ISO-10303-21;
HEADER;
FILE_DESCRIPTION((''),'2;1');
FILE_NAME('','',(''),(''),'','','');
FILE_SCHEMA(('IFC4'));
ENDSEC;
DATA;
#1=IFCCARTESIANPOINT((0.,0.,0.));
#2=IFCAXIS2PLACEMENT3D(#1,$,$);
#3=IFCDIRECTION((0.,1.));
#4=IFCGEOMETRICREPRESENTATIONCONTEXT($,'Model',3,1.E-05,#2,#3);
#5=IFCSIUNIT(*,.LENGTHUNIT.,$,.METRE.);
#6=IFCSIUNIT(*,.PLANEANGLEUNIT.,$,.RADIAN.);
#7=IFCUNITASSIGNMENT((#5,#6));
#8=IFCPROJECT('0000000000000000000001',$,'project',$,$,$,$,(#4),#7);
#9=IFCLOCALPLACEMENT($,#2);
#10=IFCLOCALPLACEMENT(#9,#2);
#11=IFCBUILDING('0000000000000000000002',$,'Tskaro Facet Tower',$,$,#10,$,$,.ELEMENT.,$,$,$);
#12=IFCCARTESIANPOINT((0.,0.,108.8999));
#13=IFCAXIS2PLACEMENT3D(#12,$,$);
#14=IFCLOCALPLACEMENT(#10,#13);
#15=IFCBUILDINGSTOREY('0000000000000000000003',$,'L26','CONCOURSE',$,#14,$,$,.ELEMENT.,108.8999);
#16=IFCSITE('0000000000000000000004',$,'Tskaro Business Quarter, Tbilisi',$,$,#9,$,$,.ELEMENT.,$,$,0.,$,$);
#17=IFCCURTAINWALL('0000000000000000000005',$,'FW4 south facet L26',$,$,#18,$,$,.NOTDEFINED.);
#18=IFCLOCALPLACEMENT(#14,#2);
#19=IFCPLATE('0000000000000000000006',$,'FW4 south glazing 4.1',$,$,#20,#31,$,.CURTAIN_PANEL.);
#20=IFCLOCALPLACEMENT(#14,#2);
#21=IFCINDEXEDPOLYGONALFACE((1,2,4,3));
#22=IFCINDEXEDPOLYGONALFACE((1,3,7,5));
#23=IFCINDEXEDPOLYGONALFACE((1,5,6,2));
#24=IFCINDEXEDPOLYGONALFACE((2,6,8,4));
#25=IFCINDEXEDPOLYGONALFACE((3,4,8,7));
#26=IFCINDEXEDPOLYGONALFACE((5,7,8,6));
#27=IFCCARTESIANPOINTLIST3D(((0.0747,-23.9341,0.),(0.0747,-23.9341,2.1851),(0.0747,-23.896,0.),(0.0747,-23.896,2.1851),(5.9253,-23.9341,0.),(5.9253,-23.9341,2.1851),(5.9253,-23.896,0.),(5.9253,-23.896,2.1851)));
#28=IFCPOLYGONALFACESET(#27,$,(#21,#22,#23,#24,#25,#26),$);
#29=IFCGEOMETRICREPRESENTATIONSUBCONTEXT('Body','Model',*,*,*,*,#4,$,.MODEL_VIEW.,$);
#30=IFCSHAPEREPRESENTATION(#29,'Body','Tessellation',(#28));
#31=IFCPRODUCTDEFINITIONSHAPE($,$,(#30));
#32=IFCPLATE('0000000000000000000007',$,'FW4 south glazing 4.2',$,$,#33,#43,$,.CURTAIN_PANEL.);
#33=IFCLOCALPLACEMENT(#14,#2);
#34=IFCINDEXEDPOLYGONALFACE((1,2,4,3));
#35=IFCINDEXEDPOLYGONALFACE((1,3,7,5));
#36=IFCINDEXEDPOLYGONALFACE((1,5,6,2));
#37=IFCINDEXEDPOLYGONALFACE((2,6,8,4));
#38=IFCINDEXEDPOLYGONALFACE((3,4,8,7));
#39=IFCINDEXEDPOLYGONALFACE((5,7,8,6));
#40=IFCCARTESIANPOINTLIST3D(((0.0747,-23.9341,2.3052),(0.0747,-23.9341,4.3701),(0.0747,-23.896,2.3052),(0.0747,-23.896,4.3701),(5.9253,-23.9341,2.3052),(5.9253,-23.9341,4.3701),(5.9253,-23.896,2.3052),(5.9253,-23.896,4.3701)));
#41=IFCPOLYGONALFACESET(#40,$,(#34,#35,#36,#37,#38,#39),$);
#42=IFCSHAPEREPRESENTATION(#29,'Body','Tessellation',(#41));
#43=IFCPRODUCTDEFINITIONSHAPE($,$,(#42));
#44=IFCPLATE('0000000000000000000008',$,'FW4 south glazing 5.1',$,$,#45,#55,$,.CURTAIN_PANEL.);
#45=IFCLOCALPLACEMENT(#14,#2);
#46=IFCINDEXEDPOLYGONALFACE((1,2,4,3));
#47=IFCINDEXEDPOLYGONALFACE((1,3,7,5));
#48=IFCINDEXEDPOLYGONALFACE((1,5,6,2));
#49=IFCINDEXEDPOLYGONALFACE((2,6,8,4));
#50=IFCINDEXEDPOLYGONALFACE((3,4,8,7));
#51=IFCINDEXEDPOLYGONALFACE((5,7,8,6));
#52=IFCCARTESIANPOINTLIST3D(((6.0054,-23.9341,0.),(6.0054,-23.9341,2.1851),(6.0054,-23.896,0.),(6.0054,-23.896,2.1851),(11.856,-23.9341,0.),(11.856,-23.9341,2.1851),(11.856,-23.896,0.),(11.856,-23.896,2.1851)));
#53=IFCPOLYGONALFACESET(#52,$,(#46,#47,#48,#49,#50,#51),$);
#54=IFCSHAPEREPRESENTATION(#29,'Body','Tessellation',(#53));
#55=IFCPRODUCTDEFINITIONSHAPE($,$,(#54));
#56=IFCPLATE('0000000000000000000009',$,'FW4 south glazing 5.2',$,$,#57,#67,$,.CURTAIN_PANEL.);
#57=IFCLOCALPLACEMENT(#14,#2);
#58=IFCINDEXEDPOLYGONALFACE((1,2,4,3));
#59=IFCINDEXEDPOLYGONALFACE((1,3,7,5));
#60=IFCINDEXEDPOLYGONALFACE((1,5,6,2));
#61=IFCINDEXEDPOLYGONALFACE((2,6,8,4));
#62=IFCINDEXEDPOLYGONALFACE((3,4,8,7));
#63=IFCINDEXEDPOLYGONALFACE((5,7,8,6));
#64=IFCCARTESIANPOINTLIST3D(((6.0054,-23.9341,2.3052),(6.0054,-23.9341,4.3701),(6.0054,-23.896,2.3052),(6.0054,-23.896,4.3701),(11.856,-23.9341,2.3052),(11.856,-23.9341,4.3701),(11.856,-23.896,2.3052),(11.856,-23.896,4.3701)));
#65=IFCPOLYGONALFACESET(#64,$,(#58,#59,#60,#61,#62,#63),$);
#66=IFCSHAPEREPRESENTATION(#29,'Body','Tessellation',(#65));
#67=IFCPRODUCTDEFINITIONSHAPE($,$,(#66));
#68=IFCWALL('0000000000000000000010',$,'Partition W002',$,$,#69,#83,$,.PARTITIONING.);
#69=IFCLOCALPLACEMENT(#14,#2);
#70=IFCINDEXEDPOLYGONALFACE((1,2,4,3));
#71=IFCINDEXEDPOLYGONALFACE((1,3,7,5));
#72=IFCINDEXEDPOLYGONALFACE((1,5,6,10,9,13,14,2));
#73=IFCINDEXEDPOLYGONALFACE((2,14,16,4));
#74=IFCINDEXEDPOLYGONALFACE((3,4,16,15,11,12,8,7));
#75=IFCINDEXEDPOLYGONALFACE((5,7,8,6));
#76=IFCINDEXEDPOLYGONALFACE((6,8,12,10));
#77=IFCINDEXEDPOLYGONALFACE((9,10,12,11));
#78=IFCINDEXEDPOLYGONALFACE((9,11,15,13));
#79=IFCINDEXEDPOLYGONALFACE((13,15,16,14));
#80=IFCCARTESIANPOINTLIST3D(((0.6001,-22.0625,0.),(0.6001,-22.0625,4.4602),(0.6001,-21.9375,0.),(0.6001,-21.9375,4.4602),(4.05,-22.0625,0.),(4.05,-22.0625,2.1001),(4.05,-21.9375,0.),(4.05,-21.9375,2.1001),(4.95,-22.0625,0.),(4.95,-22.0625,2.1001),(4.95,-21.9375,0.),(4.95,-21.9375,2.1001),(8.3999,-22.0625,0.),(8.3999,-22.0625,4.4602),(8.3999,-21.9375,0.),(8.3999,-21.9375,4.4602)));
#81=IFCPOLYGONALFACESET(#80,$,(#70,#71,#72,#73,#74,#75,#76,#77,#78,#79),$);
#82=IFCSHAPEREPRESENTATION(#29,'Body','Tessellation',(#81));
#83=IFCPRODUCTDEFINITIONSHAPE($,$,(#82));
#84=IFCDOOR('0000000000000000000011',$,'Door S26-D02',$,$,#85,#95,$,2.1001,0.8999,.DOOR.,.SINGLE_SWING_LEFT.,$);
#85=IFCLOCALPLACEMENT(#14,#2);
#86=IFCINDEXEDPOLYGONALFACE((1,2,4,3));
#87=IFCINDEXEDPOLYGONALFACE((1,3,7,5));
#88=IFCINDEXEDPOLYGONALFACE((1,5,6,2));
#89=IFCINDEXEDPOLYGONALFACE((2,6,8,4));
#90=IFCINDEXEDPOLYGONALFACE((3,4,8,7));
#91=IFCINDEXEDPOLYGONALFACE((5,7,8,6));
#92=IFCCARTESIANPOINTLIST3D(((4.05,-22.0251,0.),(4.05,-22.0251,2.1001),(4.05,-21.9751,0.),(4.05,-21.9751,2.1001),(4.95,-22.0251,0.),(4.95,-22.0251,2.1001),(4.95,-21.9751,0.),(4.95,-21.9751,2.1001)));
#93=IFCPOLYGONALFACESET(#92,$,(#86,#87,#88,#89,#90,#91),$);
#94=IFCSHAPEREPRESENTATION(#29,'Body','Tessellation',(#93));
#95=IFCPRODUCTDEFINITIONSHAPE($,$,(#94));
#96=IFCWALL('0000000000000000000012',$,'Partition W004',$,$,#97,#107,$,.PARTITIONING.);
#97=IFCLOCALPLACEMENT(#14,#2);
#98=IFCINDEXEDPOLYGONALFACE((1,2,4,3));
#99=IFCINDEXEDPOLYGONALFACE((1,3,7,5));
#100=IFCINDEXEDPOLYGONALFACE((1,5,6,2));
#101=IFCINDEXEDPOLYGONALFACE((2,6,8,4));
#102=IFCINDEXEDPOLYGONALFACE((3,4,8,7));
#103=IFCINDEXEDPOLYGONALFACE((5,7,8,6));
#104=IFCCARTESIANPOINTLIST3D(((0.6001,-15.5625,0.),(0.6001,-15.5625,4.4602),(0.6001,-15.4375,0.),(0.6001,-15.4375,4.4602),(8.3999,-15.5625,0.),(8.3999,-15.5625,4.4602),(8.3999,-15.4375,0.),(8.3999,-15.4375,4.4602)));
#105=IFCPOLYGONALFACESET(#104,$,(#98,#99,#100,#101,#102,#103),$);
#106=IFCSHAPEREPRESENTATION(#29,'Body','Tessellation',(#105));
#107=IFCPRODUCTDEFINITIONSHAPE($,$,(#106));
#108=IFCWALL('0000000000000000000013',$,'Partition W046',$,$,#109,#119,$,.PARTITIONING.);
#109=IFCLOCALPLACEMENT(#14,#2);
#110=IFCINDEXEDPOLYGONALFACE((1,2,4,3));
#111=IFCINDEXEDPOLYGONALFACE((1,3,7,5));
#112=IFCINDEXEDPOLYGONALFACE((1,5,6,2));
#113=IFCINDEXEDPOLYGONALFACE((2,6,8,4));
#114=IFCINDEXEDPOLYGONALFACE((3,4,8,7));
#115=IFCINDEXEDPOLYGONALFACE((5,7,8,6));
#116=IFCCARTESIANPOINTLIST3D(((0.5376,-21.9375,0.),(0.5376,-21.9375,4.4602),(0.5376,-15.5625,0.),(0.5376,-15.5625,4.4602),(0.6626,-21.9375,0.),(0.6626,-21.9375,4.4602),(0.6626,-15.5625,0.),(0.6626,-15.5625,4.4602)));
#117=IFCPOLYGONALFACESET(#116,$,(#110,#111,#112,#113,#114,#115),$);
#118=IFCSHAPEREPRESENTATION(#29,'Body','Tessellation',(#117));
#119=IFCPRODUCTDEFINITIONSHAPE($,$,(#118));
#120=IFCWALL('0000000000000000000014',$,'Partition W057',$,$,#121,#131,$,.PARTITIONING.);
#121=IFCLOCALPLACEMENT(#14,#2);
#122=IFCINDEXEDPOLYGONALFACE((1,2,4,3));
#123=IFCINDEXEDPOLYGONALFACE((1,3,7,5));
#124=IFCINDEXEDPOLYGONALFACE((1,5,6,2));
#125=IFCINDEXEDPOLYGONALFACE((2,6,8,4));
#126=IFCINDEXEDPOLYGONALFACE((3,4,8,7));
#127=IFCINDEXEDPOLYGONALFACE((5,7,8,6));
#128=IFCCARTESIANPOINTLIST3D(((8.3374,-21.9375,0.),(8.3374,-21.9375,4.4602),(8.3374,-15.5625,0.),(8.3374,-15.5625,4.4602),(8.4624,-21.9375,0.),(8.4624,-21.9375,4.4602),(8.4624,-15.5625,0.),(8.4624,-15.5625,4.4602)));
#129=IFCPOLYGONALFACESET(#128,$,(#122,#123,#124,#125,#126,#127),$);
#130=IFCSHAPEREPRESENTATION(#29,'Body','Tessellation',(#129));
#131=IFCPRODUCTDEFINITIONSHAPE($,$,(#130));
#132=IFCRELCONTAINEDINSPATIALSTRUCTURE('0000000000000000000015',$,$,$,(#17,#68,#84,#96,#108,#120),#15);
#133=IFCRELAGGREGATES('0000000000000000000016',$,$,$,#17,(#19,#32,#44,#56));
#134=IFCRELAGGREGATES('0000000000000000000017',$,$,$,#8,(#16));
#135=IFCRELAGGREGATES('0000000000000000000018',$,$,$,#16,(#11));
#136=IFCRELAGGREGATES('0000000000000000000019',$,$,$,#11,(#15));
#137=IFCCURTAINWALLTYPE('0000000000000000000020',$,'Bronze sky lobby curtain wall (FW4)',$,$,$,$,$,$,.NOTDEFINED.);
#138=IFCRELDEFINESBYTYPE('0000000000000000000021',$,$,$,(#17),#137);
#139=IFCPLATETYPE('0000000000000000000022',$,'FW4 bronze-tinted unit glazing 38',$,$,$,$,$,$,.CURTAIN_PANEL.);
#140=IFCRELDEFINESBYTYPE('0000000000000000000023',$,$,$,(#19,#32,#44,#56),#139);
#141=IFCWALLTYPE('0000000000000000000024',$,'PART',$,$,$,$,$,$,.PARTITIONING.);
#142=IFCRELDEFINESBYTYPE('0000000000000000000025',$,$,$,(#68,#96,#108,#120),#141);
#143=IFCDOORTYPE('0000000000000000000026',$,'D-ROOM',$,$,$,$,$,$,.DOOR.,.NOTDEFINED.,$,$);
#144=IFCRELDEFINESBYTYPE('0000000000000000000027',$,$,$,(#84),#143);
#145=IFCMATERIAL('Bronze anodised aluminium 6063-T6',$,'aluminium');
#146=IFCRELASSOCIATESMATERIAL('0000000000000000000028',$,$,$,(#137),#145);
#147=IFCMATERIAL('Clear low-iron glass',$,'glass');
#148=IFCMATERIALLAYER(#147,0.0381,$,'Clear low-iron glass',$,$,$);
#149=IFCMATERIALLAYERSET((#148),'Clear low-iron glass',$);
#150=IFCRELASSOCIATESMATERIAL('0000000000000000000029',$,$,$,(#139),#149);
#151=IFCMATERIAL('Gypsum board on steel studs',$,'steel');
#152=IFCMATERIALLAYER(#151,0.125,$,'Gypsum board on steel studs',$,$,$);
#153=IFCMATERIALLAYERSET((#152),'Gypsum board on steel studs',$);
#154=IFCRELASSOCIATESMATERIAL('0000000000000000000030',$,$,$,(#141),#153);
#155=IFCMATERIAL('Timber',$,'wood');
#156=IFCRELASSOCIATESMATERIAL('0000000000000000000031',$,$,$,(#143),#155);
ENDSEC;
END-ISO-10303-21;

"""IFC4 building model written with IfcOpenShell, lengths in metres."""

from ifc_helpers import new_model, si_unit, direction, frame, frame_2d, origin, origin_2d, place, context, subcontext, project, spatial, rectangle, extrude, material, layer, layer_set, type_object, element, fill, aggregate, save


model = new_model("IFC4")

# Units and contexts
model_context = context("Model", 3, precision=1e-05, world=origin(), true_north=direction((0.0, 1.0)))
body_context = subcontext(model_context, "Body", "Model", "MODEL_VIEW")
ifc_project = project(units=[si_unit("LENGTHUNIT", "METRE"), si_unit("PLANEANGLEUNIT", "RADIAN")], contexts=[model_context])

# Site, building, storey
site_placement = place(None, origin())
site = spatial("IfcSite", under=ifc_project, at=site_placement, Name="Tskaro Business Quarter, Tbilisi", CompositionType="ELEMENT", RefElevation=0.0)
building_placement = place(site_placement, origin())
building = spatial("IfcBuilding", under=site, at=building_placement, Name="Tskaro Facet Tower", CompositionType="ELEMENT")
storey_placement = place(building_placement, frame((0.0, 0.0, 108.8999)))
storey = spatial("IfcBuildingStorey", under=building, at=storey_placement, Name="L26", Description="CONCOURSE", CompositionType="ELEMENT", Elevation=108.8999)

# Curtain wall
ifc_material_1 = material(Name="Bronze anodised aluminium 6063-T6", Category="aluminium")
curtain_wall_type = type_object("IfcCurtainWallType", Name="Bronze sky lobby curtain wall (FW4)", PredefinedType="NOTDEFINED", material=ifc_material_1)
curtain_wall_placement = place(storey_placement, origin())
curtain_wall = element("IfcCurtainWall", 1, at=curtain_wall_placement, inside=storey, type_object=curtain_wall_type, Name="FW4 south facet L26", PredefinedType="NOTDEFINED")

# Plates
ifc_material_2 = material(Name="Clear low-iron glass", Category="glass")
ifc_layer_1 = layer(ifc_material_2, 0.0381, Name="Clear low-iron glass")
ifc_layer_set_1 = layer_set([ifc_layer_1], Name="Clear low-iron glass")
plate_type = type_object("IfcPlateType", Name="FW4 bronze-tinted unit glazing 38", PredefinedType="CURTAIN_PANEL", material=ifc_layer_set_1)
plate_1_placement = place(storey_placement, frame((3.0, -23.915, 0.0), z_axis=(0.0, 0.0, 1.0), x_axis=(1.0, 0.0, 0.0)))
plate_1 = element("IfcPlate", 2, at=plate_1_placement, type_object=plate_type, Name="FW4 south glazing 4.1", PredefinedType="CURTAIN_PANEL", context=body_context, shape_type="SweptSolid", body=[
    extrude(rectangle(XDim=5.8506, YDim=0.0381, at=origin_2d()), origin(), (0.0, 0.0, 1.0), 2.1851),
])
plate_2_placement = place(storey_placement, frame((3.0, -23.915, 2.3052), z_axis=(0.0, 0.0, 1.0), x_axis=(1.0, 0.0, 0.0)))
plate_2 = element("IfcPlate", 3, at=plate_2_placement, type_object=plate_type, Name="FW4 south glazing 4.2", PredefinedType="CURTAIN_PANEL", context=body_context, shape_type="SweptSolid", body=[
    extrude(rectangle(XDim=5.8506, YDim=0.0381, at=origin_2d()), origin(), (0.0, 0.0, 1.0), 2.0649),
])
plate_3_placement = place(storey_placement, frame((8.9307, -23.915, 0.0), z_axis=(0.0, 0.0, 1.0), x_axis=(1.0, 0.0, 0.0)))
plate_3 = element("IfcPlate", 4, at=plate_3_placement, type_object=plate_type, Name="FW4 south glazing 5.1", PredefinedType="CURTAIN_PANEL", context=body_context, shape_type="SweptSolid", body=[
    extrude(rectangle(XDim=5.8506, YDim=0.0381, at=origin_2d()), origin(), (0.0, 0.0, 1.0), 2.1851),
])
plate_4_placement = place(storey_placement, frame((8.9307, -23.915, 2.3052), z_axis=(0.0, 0.0, 1.0), x_axis=(1.0, 0.0, 0.0)))
plate_4 = element("IfcPlate", 5, at=plate_4_placement, type_object=plate_type, Name="FW4 south glazing 5.2", PredefinedType="CURTAIN_PANEL", context=body_context, shape_type="SweptSolid", body=[
    extrude(rectangle(XDim=5.8506, YDim=0.0381, at=origin_2d()), origin(), (0.0, 0.0, 1.0), 2.0649),
])
aggregate(curtain_wall, [plate_1, plate_2, plate_3, plate_4])

# Wall, opening, door
ifc_material_3 = material(Name="Gypsum board on steel studs", Category="steel")
ifc_layer_2 = layer(ifc_material_3, 0.125, Name="Gypsum board on steel studs")
ifc_layer_set_2 = layer_set([ifc_layer_2], Name="Gypsum board on steel studs")
wall_type = type_object("IfcWallType", Name="PART", PredefinedType="PARTITIONING", material=ifc_layer_set_2)
wall_1_placement = place(storey_placement, frame((0.6001, -22.0, 0.0), z_axis=(0.0, 0.0, 1.0), x_axis=(1.0, 0.0, 0.0)))
wall_1 = element("IfcWall", 6, at=wall_1_placement, inside=storey, type_object=wall_type, Name="Partition W002", PredefinedType="PARTITIONING", context=body_context, shape_type="SweptSolid", body=[
    extrude(rectangle(XDim=7.7998, YDim=0.125, at=frame_2d((3.8999, 0.0))), origin(), (0.0, 0.0, 1.0), 4.4602),
])
opening_placement = place(wall_1_placement, frame((3.45, 0.0, 0.0)))
opening = element("IfcOpeningElement", 7, at=opening_placement, cuts=wall_1, PredefinedType="OPENING", context=body_context, shape_type="SweptSolid", body=[
    extrude(rectangle(XDim=0.8999, YDim=2.1001, at=frame_2d((0.45, 1.05))), frame((0.0, 0.0725, 0.0), z_axis=(0.0, -1.0, 0.0), x_axis=(1.0, 0.0, 0.0)), (0.0, 0.0, 1.0), 0.145),
])
ifc_material_4 = material(Name="Timber", Category="wood")
door_type = type_object("IfcDoorType", Name="D-ROOM", OperationType="NOTDEFINED", PredefinedType="DOOR", material=ifc_material_4)
door_placement = place(opening_placement, origin())
door = element("IfcDoor", 8, at=door_placement, inside=storey, type_object=door_type, Name="Door S26-D02", OperationType="SINGLE_SWING_LEFT", OverallHeight=2.1001, OverallWidth=0.8999, PredefinedType="DOOR", context=body_context, shape_type="SweptSolid", body=[
    extrude(rectangle(XDim=0.8999, YDim=2.1001, at=frame_2d((0.45, 1.05))), frame((0.0, 0.0249, 0.0), z_axis=(0.0, -1.0, 0.0), x_axis=(1.0, 0.0, 0.0)), (0.0, 0.0, 1.0), 0.05),
])
fill(opening, door)

# Walls
wall_2_placement = place(storey_placement, frame((0.6001, -15.5, 0.0), z_axis=(0.0, 0.0, 1.0), x_axis=(1.0, 0.0, 0.0)))
element("IfcWall", 9, at=wall_2_placement, inside=storey, type_object=wall_type, Name="Partition W004", PredefinedType="PARTITIONING", context=body_context, shape_type="SweptSolid", body=[
    extrude(rectangle(XDim=7.7998, YDim=0.125, at=frame_2d((3.8999, 0.0))), origin(), (0.0, 0.0, 1.0), 4.4602),
])
for number, where, z_axis, x_axis, name in (
    (10, (0.6001, -21.9375, 0.0), (0.0, 0.0, 1.0), (0.0, 1.0, 0.0), "Partition W046"),
    (11, (8.3999, -21.9375, 0.0), (0.0, 0.0, 1.0), (0.0, 1.0, 0.0), "Partition W057"),
):
    element("IfcWall", number, at=place(storey_placement, frame(where, z_axis=z_axis, x_axis=x_axis)), inside=storey, type_object=wall_type, Name=name, PredefinedType="PARTITIONING", context=body_context, shape_type="SweptSolid", body=[
        extrude(rectangle(XDim=6.375, YDim=0.125, at=frame_2d((3.1875, 0.0))), origin(), (0.0, 0.0, 1.0), 4.4602),
    ])

save(model, "model.ifc")
